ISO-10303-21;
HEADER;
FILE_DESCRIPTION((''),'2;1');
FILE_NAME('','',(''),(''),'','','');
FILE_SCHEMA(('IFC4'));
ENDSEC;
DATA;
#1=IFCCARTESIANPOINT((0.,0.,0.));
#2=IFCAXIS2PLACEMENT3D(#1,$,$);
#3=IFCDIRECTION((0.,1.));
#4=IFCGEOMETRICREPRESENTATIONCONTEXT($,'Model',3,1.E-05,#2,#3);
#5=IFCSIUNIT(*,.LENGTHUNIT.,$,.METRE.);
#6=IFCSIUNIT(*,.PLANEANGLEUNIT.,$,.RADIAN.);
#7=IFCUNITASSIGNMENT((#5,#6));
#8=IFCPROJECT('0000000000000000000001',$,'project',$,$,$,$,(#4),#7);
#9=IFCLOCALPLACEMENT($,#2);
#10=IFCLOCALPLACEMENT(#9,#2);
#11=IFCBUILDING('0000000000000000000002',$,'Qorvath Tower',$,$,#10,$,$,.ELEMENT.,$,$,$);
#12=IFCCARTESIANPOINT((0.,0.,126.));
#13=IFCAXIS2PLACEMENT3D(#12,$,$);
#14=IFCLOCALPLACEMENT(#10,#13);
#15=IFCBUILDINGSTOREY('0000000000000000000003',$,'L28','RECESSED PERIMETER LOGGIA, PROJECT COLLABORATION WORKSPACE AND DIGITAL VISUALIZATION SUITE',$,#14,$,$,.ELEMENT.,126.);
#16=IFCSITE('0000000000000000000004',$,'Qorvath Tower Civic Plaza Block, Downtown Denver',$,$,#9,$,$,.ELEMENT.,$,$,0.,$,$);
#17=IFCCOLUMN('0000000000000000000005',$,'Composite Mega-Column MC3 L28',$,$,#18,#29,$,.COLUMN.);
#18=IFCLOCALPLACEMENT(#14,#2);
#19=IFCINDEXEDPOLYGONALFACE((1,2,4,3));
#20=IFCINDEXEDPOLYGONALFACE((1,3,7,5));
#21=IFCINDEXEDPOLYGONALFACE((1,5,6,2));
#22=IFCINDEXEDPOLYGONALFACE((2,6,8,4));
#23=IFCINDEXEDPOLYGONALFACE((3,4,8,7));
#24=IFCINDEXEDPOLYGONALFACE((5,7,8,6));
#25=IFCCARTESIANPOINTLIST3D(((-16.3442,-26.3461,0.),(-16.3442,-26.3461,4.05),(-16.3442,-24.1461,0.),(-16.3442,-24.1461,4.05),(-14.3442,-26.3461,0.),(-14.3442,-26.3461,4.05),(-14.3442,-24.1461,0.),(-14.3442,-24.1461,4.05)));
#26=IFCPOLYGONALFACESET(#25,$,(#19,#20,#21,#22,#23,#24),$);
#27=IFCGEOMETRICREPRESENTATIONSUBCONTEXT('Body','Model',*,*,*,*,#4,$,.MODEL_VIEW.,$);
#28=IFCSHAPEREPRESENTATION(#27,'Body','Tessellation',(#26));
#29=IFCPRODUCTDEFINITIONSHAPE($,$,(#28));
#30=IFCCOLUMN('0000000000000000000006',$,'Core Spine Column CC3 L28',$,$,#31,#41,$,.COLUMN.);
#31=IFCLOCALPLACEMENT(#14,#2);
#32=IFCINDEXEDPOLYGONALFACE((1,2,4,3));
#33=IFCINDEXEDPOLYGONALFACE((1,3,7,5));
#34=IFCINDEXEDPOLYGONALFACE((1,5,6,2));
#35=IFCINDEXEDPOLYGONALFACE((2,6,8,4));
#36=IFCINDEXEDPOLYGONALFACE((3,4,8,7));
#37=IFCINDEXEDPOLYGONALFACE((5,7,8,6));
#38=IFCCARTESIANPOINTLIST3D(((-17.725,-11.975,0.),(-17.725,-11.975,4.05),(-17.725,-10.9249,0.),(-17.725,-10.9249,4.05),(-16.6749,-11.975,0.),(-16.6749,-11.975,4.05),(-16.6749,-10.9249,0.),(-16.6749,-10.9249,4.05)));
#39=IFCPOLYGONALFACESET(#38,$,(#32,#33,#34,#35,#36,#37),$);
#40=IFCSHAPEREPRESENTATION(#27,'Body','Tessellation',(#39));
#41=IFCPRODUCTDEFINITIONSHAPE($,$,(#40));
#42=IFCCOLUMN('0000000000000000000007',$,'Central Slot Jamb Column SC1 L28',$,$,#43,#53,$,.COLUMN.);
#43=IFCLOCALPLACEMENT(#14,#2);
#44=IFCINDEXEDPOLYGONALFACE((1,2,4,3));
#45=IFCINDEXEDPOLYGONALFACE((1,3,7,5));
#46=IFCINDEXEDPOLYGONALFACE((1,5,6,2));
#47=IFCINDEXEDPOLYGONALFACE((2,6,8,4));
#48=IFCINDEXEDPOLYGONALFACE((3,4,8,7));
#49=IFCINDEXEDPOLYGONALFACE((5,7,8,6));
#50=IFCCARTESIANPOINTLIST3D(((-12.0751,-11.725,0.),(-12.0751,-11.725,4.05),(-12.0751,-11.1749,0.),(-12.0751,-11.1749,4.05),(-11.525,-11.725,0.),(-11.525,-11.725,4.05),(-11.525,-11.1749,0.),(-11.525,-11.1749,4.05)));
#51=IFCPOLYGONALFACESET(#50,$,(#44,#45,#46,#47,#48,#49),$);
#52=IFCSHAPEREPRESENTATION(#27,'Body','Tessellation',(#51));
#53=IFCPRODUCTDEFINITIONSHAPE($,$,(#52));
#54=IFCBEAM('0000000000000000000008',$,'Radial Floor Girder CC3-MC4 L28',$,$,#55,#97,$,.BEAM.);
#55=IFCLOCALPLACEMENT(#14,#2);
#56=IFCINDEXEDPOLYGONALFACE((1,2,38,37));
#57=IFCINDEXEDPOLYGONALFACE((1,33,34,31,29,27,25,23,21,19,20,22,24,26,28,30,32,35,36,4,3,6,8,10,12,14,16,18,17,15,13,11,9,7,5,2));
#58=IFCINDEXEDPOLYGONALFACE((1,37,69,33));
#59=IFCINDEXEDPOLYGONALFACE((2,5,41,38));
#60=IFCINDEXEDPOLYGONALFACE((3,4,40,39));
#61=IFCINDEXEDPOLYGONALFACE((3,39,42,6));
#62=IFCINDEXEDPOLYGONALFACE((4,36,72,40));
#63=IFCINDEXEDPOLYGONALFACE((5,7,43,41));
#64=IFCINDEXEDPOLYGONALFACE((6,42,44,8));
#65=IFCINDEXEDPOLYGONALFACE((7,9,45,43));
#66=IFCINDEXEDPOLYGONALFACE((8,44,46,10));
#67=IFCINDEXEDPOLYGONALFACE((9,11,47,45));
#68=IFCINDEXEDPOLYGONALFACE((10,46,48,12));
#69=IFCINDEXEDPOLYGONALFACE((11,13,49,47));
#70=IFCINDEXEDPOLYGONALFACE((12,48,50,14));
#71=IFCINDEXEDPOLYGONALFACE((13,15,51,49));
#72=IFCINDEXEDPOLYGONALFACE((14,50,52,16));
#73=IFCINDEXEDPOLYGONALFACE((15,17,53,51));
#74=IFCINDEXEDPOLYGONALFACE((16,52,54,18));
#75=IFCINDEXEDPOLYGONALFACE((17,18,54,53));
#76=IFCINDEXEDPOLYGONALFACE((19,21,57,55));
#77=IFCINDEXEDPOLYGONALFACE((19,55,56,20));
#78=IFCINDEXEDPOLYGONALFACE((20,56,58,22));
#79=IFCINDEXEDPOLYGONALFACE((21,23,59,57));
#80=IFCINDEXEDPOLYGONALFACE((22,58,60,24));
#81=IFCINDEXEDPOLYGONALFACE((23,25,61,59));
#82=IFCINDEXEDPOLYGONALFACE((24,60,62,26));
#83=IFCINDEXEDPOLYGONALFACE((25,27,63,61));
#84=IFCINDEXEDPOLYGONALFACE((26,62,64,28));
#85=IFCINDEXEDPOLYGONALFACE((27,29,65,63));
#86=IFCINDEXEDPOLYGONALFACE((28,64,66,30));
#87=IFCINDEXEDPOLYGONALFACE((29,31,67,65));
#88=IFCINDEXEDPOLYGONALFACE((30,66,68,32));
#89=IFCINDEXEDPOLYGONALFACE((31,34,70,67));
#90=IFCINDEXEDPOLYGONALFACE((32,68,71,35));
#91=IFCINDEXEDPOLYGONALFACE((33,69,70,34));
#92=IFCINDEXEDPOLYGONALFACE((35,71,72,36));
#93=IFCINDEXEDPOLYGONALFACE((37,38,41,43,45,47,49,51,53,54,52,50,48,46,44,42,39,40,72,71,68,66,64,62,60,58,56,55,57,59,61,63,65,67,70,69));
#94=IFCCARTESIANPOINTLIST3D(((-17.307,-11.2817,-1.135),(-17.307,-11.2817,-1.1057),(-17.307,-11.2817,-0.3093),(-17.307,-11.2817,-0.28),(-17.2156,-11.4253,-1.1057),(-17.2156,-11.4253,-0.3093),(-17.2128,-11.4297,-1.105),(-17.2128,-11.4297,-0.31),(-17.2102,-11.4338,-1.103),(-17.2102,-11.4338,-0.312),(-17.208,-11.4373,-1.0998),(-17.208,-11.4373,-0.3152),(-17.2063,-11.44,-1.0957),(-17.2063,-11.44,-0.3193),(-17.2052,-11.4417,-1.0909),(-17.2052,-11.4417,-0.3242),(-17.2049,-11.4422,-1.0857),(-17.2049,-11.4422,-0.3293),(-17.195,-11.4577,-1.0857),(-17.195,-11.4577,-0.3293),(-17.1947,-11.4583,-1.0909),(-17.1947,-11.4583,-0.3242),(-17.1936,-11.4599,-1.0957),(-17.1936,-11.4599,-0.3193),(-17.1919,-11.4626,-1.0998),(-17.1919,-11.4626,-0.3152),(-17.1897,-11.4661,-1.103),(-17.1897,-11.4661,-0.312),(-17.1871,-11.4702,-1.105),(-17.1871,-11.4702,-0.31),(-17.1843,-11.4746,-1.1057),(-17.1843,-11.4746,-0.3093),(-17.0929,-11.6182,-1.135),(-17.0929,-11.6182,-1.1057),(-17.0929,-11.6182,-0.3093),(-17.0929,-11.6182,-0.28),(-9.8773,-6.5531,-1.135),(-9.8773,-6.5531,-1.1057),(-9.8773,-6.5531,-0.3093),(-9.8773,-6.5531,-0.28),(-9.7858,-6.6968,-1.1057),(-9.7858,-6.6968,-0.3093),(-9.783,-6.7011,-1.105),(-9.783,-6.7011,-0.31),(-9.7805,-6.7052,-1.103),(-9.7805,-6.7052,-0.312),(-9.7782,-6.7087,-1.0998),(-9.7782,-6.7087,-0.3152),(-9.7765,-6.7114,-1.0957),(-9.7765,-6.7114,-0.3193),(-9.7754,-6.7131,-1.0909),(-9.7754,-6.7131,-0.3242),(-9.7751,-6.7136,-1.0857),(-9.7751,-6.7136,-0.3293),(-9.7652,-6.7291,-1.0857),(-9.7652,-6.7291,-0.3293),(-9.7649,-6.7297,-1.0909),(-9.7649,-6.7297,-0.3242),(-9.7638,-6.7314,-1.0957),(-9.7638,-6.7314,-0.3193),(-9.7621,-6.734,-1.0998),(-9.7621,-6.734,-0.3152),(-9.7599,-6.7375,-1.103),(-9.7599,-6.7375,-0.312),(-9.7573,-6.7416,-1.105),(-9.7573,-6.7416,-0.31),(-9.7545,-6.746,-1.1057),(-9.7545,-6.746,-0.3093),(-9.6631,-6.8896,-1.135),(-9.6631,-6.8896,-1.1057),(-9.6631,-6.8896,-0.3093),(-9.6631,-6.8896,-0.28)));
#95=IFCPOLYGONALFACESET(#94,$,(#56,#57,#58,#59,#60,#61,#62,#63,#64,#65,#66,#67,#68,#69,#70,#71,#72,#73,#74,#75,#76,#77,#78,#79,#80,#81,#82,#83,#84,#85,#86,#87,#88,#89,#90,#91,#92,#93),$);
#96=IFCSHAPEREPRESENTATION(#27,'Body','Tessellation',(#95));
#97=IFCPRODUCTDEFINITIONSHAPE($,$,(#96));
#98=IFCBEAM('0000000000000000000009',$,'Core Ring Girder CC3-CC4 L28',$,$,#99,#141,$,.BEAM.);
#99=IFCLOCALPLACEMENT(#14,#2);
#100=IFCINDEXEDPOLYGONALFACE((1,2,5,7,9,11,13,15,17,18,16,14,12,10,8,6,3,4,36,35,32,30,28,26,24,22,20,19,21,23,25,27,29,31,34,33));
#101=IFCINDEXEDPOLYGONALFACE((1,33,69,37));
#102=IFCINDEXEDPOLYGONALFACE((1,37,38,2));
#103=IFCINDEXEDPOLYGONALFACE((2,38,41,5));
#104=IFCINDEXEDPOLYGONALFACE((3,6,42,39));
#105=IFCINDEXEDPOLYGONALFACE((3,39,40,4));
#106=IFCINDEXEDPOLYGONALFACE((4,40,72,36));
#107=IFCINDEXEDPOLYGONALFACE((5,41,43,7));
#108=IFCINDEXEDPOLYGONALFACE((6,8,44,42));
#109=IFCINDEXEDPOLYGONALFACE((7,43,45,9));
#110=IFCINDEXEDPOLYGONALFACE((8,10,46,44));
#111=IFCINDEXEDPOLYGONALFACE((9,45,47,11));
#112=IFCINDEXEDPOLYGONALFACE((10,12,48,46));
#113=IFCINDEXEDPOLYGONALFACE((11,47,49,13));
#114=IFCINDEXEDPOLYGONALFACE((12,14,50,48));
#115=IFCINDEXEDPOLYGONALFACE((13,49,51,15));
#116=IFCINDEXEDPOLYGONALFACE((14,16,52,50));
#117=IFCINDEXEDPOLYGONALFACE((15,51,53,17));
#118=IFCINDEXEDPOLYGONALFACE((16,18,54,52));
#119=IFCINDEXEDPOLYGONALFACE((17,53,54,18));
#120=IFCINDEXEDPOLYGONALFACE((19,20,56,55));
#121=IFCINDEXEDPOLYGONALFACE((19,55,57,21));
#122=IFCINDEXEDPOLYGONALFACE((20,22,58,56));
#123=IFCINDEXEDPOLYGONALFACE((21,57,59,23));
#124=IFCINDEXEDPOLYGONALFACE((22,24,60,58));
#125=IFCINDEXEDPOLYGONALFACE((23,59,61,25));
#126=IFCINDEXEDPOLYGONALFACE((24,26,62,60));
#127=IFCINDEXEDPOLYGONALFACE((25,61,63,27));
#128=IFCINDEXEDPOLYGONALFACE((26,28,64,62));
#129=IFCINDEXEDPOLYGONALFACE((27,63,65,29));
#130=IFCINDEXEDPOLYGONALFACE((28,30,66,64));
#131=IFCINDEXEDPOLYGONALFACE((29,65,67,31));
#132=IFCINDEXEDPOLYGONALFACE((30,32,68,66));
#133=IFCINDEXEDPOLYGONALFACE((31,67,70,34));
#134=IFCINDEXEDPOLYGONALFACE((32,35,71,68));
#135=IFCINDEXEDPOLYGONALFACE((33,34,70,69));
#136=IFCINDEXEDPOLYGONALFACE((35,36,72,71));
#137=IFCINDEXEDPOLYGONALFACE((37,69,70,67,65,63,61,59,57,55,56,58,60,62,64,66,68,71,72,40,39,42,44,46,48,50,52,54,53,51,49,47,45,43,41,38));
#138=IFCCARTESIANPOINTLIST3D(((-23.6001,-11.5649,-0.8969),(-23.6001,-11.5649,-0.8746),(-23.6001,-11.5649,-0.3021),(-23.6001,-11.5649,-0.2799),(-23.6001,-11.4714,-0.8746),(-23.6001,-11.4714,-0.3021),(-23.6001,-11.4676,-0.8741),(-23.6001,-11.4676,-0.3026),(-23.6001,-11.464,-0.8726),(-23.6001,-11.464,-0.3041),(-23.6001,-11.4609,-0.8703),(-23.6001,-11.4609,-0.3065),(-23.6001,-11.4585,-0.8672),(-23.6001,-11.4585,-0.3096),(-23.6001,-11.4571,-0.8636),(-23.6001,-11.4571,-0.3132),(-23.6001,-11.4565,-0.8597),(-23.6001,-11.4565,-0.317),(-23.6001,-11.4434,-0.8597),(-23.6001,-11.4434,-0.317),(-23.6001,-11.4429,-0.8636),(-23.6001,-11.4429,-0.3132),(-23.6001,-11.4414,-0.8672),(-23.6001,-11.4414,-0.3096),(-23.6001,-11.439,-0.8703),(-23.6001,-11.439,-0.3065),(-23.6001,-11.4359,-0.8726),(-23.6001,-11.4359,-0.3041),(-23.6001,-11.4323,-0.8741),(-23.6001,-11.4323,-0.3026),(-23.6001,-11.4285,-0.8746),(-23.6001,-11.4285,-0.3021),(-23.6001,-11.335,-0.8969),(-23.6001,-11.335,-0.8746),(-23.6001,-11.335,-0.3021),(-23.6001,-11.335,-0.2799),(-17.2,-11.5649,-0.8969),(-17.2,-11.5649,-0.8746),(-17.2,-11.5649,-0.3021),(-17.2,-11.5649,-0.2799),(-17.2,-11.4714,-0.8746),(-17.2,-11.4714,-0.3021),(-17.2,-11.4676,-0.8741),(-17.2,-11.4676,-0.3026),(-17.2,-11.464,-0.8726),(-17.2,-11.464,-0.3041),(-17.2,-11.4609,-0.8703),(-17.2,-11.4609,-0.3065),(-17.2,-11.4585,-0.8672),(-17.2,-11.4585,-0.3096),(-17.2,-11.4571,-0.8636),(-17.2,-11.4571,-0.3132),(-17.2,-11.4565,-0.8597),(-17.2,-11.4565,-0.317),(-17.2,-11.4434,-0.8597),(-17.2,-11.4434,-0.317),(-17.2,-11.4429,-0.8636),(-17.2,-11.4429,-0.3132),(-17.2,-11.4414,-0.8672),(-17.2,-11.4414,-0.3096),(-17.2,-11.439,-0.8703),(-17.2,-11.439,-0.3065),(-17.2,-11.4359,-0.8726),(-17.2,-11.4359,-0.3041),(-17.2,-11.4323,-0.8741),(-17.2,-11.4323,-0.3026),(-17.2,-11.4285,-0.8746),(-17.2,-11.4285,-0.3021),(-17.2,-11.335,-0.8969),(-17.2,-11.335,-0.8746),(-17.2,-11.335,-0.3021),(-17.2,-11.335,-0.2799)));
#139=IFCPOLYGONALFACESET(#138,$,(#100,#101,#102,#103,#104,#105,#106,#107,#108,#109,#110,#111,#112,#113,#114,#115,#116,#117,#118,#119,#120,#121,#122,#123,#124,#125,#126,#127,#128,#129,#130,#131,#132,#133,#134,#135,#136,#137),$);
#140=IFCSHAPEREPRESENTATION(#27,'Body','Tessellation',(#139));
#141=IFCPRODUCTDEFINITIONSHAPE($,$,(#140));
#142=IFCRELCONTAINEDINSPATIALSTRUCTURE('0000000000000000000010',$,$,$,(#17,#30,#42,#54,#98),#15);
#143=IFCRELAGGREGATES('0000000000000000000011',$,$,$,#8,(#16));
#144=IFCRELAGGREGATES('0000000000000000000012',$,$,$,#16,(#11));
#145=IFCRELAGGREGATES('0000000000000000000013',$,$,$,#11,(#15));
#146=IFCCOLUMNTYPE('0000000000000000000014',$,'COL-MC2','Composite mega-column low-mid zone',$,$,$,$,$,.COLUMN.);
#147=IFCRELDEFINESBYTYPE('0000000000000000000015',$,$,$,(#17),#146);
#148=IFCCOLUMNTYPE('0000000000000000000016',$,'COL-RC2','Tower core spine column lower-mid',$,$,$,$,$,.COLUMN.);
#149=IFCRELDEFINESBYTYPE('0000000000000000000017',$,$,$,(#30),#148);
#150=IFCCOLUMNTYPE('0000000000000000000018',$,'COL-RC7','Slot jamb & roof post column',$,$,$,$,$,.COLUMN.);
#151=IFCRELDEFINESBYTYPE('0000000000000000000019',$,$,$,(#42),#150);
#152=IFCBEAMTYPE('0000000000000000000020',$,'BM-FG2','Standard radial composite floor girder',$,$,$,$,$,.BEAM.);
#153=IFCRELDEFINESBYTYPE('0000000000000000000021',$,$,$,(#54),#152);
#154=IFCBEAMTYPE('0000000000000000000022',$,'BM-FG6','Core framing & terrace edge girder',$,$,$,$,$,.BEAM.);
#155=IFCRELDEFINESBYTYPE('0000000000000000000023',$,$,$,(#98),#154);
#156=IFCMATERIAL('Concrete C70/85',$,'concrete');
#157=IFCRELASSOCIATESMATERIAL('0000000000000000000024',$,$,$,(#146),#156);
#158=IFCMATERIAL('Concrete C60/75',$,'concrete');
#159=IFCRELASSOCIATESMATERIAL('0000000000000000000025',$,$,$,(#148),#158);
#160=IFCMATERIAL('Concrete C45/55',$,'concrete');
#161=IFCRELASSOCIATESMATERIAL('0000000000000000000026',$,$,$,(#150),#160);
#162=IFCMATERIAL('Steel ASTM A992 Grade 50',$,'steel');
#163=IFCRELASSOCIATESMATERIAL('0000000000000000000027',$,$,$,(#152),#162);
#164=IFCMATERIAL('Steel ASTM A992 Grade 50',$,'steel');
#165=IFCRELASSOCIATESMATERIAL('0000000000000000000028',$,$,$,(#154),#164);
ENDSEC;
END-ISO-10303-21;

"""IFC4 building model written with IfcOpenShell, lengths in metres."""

from ifc_helpers import new_model, si_unit, direction, frame, origin, origin_2d, place, context, subcontext, project, spatial, rectangle, i_section, extrude, material, material_profile, profile_set, type_object, element, save


model = new_model("IFC4")

# Units and contexts
model_context = context("Model", 3, precision=1e-05, world=origin(), true_north=direction((0.0, 1.0)))
body_context = subcontext(model_context, "Body", "Model", "MODEL_VIEW")
ifc_project = project(units=[si_unit("LENGTHUNIT", "METRE"), si_unit("PLANEANGLEUNIT", "RADIAN")], contexts=[model_context])

# Site, building, storey
site_placement = place(None, origin())
site = spatial("IfcSite", under=ifc_project, at=site_placement, Name="Qorvath Tower Civic Plaza Block, Downtown Denver", CompositionType="ELEMENT", RefElevation=0.0)
building_placement = place(site_placement, origin())
building = spatial("IfcBuilding", under=site, at=building_placement, Name="Qorvath Tower", CompositionType="ELEMENT")
storey_placement = place(building_placement, frame((0.0, 0.0, 126.0)))
storey = spatial("IfcBuildingStorey", under=building, at=storey_placement, Name="L28", Description="RECESSED PERIMETER LOGGIA, PROJECT COLLABORATION WORKSPACE AND DIGITAL VISUALIZATION SUITE", CompositionType="ELEMENT", Elevation=126.0)

# Columns
ifc_material_1 = material(Name="Concrete C70/85", Category="concrete")
ifc_material_profile_1 = material_profile(ifc_material_1, rectangle(XDim=2.0, YDim=2.2, at=origin_2d()), Name="MC 2200x2000")
ifc_profile_set_1 = profile_set([ifc_material_profile_1], Name="Concrete C70/85")
column_type_1 = type_object("IfcColumnType", Name="COL-MC2", Description="Composite mega-column low-mid zone", PredefinedType="COLUMN", material=ifc_profile_set_1)
column_1_placement = place(storey_placement, frame((-15.3442, -25.2461, 0.0), z_axis=(0.0, 0.0, 1.0), x_axis=(1.0, 0.0, 0.0)))
element("IfcColumn", 1, at=column_1_placement, inside=storey, type_object=column_type_1, Name="Composite Mega-Column MC3 L28", PredefinedType="COLUMN", context=body_context, shape_type="SweptSolid", body=[
    extrude(rectangle(XDim=2.0, YDim=2.2, at=origin_2d()), origin(), (0.0, 0.0, 1.0), 4.05),
])
ifc_material_2 = material(Name="Concrete C60/75", Category="concrete")
ifc_material_profile_2 = material_profile(ifc_material_2, rectangle(XDim=1.05, YDim=1.05, at=origin_2d()), Name="RC 1050x1050")
ifc_profile_set_2 = profile_set([ifc_material_profile_2], Name="Concrete C60/75")
column_type_2 = type_object("IfcColumnType", Name="COL-RC2", Description="Tower core spine column lower-mid", PredefinedType="COLUMN", material=ifc_profile_set_2)
column_2_placement = place(storey_placement, frame((-17.2, -11.45, 0.0), z_axis=(0.0, 0.0, 1.0), x_axis=(1.0, 0.0, 0.0)))
element("IfcColumn", 2, at=column_2_placement, inside=storey, type_object=column_type_2, Name="Core Spine Column CC3 L28", PredefinedType="COLUMN", context=body_context, shape_type="SweptSolid", body=[
    extrude(rectangle(XDim=1.05, YDim=1.05, at=origin_2d()), origin(), (0.0, 0.0, 1.0), 4.05),
])
ifc_material_3 = material(Name="Concrete C45/55", Category="concrete")
ifc_material_profile_3 = material_profile(ifc_material_3, rectangle(XDim=0.55, YDim=0.55, at=origin_2d()), Name="RC 550x550")
ifc_profile_set_3 = profile_set([ifc_material_profile_3], Name="Concrete C45/55")
column_type_3 = type_object("IfcColumnType", Name="COL-RC7", Description="Slot jamb & roof post column", PredefinedType="COLUMN", material=ifc_profile_set_3)
column_3_placement = place(storey_placement, frame((-11.8, -11.45, 0.0), z_axis=(0.0, 0.0, 1.0), x_axis=(1.0, 0.0, 0.0)))
element("IfcColumn", 3, at=column_3_placement, inside=storey, type_object=column_type_3, Name="Central Slot Jamb Column SC1 L28", PredefinedType="COLUMN", context=body_context, shape_type="SweptSolid", body=[
    extrude(rectangle(XDim=0.55, YDim=0.55, at=origin_2d()), origin(), (0.0, 0.0, 1.0), 4.05),
])

# Beams
ifc_material_4 = material(Name="Steel ASTM A992 Grade 50", Category="steel")
ifc_material_profile_4 = material_profile(ifc_material_4, i_section(OverallWidth=0.3989, OverallDepth=0.855, WebThickness=0.0183, FlangeThickness=0.0293, FilletRadius=0.02, at=origin_2d()), Name="W33x201")
ifc_profile_set_4 = profile_set([ifc_material_profile_4], Name="Steel ASTM A992 Grade 50")
beam_type_1 = type_object("IfcBeamType", Name="BM-FG2", Description="Standard radial composite floor girder", PredefinedType="BEAM", material=ifc_profile_set_4)
beam_1_placement = place(storey_placement, frame((-17.2, -11.45, -0.7075), z_axis=(0.843634, 0.536919, 0.0), x_axis=(-0.536919, 0.843634, 0.0)))
element("IfcBeam", 4, at=beam_1_placement, inside=storey, type_object=beam_type_1, Name="Radial Floor Girder CC3-MC4 L28", PredefinedType="BEAM", context=body_context, shape_type="SweptSolid", body=[
    extrude(i_section(OverallWidth=0.3989, OverallDepth=0.855, WebThickness=0.0183, FlangeThickness=0.0293, FilletRadius=0.02, at=origin_2d()), origin(), (0.0, 0.0, 1.0), 8.8069),
])
ifc_material_5 = material(Name="Steel ASTM A992 Grade 50", Category="steel")
ifc_material_profile_5 = material_profile(ifc_material_5, i_section(OverallWidth=0.23, OverallDepth=0.6169, WebThickness=0.0132, FlangeThickness=0.0222, FilletRadius=0.0149, at=origin_2d()), Name="W24x94")
ifc_profile_set_5 = profile_set([ifc_material_profile_5], Name="Steel ASTM A992 Grade 50")
beam_type_2 = type_object("IfcBeamType", Name="BM-FG6", Description="Core framing & terrace edge girder", PredefinedType="BEAM", material=ifc_profile_set_5)
beam_2_placement = place(storey_placement, frame((-17.2, -11.45, -0.5884), z_axis=(-1.0, 0.0, 0.0), x_axis=(0.0, -1.0, 0.0)))
element("IfcBeam", 5, at=beam_2_placement, inside=storey, type_object=beam_type_2, Name="Core Ring Girder CC3-CC4 L28", PredefinedType="BEAM", context=body_context, shape_type="SweptSolid", body=[
    extrude(i_section(OverallWidth=0.23, OverallDepth=0.6169, WebThickness=0.0132, FlangeThickness=0.0222, FilletRadius=0.0149, at=origin_2d()), origin(), (0.0, 0.0, 1.0), 6.4001),
])

save(model, "model.ifc")
